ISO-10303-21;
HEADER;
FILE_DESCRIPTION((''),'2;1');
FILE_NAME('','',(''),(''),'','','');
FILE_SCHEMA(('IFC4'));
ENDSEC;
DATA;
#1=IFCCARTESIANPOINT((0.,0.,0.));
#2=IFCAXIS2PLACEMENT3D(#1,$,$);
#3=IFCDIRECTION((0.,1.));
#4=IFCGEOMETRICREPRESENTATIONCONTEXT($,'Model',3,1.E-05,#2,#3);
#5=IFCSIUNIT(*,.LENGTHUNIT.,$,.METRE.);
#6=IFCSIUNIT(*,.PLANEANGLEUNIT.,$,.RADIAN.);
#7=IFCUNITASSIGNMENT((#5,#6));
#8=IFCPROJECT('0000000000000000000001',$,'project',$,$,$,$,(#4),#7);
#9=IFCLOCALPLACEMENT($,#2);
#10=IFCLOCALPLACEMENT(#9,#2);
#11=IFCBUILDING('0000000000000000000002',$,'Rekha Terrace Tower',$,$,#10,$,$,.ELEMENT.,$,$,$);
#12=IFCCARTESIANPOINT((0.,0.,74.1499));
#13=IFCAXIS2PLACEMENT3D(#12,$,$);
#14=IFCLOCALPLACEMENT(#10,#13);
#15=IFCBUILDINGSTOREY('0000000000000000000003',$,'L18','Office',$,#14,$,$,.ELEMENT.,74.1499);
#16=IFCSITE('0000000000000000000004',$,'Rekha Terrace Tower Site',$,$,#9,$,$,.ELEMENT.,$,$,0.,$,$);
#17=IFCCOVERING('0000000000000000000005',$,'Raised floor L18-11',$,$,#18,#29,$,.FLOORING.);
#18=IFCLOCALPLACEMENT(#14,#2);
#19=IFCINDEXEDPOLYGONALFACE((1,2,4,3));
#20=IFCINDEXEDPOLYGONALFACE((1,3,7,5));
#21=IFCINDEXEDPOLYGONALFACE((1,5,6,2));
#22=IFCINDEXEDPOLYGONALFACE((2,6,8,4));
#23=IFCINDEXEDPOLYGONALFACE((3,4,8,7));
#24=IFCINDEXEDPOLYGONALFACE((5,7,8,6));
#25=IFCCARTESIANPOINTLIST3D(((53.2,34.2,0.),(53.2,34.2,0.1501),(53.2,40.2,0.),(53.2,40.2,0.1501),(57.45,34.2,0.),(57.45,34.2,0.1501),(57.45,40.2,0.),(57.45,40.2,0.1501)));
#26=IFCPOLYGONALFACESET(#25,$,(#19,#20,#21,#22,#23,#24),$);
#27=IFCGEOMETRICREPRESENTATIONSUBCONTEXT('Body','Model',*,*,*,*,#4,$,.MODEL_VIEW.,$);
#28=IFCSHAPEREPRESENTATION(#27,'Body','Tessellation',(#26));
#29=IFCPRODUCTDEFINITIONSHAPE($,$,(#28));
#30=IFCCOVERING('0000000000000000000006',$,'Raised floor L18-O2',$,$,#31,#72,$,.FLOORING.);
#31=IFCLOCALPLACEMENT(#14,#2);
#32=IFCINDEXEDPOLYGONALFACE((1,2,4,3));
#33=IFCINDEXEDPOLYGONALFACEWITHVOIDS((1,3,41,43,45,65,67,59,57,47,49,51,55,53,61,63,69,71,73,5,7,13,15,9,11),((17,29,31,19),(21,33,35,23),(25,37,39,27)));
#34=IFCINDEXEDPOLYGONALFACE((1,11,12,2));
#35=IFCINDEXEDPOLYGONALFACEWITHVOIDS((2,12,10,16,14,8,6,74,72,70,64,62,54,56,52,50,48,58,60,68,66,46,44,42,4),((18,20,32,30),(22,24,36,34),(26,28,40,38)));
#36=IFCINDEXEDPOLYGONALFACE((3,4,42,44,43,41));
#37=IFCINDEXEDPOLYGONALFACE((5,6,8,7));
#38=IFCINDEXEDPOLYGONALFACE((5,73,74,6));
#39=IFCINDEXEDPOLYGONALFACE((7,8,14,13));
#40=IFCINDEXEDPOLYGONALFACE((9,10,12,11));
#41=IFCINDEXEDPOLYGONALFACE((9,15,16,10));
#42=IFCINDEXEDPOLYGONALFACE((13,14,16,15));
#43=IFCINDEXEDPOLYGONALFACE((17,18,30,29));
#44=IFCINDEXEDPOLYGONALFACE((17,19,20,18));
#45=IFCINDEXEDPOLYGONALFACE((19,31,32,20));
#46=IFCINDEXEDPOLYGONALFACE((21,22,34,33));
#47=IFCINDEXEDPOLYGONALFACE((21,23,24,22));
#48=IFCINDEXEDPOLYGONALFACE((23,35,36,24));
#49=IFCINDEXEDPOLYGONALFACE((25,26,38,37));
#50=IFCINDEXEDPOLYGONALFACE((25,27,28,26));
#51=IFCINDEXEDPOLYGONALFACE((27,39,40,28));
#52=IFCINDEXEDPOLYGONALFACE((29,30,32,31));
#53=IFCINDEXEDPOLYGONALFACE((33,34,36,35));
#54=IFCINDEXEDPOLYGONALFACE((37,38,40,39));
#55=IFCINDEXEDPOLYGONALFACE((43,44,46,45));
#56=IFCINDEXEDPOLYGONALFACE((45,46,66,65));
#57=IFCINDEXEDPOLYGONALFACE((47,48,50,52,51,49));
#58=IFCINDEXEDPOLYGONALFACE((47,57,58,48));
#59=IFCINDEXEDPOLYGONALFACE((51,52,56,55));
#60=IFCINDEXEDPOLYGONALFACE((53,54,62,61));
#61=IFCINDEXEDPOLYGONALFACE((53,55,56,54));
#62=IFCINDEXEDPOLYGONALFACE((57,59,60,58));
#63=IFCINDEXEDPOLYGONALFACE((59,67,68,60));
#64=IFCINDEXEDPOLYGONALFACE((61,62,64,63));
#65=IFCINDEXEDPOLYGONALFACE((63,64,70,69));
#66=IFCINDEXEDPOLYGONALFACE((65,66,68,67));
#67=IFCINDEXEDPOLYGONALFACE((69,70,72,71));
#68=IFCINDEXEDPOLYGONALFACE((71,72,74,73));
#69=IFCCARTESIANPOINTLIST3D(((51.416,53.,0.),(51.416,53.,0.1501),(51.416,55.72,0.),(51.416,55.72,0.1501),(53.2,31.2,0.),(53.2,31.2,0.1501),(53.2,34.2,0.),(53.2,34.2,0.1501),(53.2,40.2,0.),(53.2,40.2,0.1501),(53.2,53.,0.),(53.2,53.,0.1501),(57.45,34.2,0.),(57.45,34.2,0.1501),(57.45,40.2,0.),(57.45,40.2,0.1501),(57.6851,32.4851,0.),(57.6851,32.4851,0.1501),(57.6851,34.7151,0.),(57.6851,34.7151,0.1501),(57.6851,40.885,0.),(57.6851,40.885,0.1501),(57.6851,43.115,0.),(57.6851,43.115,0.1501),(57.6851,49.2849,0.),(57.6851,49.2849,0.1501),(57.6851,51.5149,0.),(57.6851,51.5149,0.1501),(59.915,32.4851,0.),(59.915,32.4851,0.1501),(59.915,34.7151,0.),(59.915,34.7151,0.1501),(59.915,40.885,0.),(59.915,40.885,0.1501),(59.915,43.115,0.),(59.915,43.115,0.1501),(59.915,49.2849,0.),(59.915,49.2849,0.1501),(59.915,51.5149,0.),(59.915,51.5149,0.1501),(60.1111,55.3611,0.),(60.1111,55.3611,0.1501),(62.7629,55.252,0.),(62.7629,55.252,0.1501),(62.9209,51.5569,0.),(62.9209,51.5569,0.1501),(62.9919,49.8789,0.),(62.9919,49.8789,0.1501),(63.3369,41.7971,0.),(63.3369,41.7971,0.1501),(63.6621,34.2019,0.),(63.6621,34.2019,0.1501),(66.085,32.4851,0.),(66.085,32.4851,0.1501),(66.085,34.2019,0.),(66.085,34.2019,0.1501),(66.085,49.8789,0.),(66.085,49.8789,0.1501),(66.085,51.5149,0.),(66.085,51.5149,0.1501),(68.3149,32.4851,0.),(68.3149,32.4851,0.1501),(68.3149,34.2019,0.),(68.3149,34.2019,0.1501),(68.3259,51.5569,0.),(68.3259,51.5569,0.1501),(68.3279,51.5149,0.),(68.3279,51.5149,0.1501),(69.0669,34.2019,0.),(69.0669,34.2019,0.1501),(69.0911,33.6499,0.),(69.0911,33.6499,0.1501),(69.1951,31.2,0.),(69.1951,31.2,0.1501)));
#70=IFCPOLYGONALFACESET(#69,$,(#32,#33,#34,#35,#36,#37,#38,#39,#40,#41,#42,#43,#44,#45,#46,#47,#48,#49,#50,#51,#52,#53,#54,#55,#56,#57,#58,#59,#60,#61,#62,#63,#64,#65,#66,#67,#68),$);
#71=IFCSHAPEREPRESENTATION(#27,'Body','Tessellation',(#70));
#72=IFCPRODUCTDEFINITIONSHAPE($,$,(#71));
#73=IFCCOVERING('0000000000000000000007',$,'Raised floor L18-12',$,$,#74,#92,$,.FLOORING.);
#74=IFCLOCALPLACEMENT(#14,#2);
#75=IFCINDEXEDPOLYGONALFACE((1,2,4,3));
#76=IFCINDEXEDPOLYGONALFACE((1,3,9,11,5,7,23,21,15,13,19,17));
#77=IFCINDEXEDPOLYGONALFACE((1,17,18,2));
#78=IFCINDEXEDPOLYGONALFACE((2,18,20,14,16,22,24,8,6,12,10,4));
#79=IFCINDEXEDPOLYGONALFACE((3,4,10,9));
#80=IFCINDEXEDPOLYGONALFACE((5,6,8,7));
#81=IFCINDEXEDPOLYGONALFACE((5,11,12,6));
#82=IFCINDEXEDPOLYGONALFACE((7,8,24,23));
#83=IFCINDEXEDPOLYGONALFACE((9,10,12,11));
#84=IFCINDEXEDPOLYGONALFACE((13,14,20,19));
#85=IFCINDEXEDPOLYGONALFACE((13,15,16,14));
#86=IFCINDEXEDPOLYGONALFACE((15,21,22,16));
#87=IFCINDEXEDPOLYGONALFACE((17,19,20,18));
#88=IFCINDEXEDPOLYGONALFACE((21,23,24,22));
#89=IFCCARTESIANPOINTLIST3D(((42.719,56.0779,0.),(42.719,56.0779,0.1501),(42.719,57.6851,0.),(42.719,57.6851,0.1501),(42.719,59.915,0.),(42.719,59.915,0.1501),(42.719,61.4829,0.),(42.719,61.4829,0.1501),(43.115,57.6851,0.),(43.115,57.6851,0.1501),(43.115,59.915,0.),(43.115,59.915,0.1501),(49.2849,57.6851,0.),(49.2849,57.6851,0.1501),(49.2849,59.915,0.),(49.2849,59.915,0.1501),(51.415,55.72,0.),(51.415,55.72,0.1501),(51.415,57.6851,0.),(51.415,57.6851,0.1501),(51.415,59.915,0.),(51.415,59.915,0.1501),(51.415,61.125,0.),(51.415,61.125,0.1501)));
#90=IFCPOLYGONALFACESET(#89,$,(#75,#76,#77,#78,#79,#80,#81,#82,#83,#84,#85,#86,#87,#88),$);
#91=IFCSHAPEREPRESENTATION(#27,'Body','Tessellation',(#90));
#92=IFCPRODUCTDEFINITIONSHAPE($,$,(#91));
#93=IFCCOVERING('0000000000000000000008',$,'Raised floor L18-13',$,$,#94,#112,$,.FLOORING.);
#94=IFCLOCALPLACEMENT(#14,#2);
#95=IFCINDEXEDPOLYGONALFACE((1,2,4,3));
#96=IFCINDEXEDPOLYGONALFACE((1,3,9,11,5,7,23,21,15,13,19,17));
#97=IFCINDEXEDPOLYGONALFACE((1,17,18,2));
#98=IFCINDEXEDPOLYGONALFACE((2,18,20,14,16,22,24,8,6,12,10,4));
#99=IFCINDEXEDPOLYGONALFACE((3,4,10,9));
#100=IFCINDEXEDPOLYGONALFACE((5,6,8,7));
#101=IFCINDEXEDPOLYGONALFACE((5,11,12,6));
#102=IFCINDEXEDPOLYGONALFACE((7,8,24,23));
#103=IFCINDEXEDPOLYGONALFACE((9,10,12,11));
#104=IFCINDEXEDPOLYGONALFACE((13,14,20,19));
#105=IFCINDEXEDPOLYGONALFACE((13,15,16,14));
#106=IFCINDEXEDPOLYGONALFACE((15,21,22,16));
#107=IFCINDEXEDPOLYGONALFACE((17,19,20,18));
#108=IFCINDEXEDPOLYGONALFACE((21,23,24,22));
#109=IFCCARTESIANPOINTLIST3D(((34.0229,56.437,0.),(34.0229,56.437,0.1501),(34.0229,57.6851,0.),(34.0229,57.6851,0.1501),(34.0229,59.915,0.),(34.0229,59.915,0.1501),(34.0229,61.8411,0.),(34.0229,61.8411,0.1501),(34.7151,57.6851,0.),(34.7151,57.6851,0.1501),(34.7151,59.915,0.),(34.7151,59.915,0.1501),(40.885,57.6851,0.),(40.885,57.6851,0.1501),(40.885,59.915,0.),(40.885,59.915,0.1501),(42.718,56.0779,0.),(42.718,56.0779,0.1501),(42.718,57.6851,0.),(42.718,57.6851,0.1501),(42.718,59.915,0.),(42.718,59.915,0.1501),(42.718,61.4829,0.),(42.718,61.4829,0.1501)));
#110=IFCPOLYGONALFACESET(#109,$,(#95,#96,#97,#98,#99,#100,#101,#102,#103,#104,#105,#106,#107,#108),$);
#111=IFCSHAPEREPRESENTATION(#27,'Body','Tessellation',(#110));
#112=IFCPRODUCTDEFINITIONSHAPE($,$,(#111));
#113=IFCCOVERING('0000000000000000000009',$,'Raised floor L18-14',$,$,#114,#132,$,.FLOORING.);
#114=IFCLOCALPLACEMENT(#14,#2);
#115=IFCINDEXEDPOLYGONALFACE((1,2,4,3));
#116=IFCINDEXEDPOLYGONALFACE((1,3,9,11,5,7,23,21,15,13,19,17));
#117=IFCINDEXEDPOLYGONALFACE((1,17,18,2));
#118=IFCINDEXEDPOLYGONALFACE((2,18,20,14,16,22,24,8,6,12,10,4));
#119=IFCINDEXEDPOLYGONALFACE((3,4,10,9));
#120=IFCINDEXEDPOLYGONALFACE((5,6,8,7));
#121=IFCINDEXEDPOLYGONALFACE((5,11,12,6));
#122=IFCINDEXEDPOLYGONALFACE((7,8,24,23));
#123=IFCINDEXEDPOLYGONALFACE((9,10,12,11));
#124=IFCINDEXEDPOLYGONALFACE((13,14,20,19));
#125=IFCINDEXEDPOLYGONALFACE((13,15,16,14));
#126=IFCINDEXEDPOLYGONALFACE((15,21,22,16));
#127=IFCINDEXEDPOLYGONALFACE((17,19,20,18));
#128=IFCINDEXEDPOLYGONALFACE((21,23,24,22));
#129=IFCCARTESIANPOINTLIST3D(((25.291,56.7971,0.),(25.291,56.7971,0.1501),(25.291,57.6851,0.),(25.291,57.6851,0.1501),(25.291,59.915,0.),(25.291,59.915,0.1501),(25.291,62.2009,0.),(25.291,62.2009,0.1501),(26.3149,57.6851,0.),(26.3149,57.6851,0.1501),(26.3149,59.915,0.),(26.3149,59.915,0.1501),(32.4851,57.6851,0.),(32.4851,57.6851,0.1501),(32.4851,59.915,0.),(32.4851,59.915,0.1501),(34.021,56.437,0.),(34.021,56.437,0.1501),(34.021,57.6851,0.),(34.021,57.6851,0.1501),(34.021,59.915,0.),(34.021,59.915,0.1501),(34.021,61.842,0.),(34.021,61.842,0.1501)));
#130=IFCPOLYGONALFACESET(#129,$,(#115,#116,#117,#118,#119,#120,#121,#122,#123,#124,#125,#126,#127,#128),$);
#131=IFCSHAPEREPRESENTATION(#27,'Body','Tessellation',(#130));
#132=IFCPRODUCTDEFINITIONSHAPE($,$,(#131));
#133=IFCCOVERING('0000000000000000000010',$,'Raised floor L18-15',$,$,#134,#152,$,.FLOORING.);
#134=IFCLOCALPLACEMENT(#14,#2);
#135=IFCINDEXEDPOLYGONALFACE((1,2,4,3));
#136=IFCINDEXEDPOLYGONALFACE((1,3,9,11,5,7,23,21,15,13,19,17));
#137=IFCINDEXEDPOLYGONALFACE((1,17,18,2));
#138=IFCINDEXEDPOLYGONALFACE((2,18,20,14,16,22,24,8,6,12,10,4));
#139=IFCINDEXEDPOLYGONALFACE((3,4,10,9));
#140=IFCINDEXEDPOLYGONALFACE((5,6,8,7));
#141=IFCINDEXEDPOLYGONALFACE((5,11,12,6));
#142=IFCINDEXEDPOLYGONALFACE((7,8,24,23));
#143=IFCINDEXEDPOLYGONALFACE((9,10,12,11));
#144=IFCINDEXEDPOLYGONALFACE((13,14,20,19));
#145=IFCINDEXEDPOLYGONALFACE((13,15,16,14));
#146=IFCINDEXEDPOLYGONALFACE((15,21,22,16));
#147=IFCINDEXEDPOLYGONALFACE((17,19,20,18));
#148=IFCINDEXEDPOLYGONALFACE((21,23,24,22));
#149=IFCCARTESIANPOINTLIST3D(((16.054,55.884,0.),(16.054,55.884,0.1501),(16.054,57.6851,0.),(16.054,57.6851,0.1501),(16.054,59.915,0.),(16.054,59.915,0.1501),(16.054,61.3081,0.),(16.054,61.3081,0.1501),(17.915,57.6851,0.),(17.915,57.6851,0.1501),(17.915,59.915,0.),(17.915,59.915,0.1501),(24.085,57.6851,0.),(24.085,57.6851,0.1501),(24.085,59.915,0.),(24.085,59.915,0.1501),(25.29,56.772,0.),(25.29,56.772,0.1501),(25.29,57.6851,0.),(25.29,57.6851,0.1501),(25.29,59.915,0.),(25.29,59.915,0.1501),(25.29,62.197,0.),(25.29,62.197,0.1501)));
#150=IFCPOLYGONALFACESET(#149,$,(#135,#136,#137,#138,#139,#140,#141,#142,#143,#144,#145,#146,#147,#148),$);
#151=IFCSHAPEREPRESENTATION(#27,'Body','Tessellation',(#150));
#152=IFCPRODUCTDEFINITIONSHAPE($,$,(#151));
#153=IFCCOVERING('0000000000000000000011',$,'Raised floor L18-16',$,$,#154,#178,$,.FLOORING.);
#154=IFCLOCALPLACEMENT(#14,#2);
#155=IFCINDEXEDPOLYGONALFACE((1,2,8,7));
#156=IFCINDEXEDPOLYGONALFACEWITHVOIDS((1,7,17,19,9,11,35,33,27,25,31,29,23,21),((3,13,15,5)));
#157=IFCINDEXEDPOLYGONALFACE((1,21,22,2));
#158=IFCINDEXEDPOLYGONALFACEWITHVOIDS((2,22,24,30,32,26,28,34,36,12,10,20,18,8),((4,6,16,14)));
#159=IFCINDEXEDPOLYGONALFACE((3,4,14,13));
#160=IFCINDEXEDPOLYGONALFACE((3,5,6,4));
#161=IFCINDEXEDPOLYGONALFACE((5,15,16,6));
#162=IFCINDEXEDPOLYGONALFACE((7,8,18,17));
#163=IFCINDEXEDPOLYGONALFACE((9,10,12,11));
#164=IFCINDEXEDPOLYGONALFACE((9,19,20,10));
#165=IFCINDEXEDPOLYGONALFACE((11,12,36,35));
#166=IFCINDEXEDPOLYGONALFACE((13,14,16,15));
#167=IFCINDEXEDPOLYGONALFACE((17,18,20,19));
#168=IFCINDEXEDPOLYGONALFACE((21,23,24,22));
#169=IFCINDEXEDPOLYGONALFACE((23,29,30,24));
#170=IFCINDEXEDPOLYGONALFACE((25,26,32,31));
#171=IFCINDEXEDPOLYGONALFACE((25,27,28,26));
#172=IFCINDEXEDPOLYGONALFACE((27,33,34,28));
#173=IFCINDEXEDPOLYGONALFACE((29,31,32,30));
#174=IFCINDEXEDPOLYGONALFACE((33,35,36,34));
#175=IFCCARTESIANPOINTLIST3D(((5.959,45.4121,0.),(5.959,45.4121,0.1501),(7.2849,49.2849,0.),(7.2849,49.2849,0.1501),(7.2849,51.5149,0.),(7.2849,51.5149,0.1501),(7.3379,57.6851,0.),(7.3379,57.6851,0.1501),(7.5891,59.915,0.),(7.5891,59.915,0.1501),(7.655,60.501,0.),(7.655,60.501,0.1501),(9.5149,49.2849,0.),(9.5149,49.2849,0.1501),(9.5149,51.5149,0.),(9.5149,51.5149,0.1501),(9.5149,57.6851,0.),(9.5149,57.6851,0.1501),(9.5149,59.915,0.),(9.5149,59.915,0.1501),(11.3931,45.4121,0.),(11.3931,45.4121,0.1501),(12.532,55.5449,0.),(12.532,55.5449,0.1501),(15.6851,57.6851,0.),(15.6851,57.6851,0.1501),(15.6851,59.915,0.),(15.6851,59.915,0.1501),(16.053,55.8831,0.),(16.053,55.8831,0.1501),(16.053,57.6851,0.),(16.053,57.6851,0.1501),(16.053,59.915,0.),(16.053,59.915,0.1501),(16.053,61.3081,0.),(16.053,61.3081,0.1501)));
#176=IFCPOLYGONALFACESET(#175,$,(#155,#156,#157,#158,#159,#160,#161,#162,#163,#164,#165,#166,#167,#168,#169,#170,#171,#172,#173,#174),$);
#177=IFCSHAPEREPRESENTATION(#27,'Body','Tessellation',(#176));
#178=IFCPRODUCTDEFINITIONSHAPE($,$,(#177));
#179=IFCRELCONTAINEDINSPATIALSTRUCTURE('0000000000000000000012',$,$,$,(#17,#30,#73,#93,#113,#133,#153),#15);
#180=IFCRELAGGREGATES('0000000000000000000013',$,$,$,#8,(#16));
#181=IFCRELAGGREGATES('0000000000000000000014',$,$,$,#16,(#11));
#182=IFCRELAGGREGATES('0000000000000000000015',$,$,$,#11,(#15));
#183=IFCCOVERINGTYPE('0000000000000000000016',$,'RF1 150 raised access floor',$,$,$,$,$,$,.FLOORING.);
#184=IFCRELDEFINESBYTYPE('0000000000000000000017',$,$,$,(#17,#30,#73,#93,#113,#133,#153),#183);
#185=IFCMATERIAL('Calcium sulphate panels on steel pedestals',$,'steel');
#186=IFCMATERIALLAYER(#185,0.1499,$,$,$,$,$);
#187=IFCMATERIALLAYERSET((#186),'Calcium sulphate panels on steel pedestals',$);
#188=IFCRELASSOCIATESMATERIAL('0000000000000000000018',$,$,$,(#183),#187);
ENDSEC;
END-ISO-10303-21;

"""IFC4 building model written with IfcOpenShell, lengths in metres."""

from ifc_helpers import new_model, si_unit, direction, frame, origin, place, context, subcontext, project, spatial, polyline, outline, extrude, material, layer, layer_set, type_object, element, save


model = new_model("IFC4")

# Units and contexts
model_context = context("Model", 3, precision=1e-05, world=origin(), true_north=direction((0.0, 1.0)))
body_context = subcontext(model_context, "Body", "Model", "MODEL_VIEW")
ifc_project = project(units=[si_unit("LENGTHUNIT", "METRE"), si_unit("PLANEANGLEUNIT", "RADIAN")], contexts=[model_context])

# Site, building, storey
site_placement = place(None, origin())
site = spatial("IfcSite", under=ifc_project, at=site_placement, Name="Rekha Terrace Tower Site", CompositionType="ELEMENT", RefElevation=0.0)
building_placement = place(site_placement, origin())
building = spatial("IfcBuilding", under=site, at=building_placement, Name="Rekha Terrace Tower", CompositionType="ELEMENT")
storey_placement = place(building_placement, frame((0.0, 0.0, 74.1499)))
storey = spatial("IfcBuildingStorey", under=building, at=storey_placement, Name="L18", Description="Office", CompositionType="ELEMENT", Elevation=74.1499)

# Coverings
ifc_material_1 = material(Name="Calcium sulphate panels on steel pedestals", Category="steel")
ifc_layer_1 = layer(ifc_material_1, 0.1499)
ifc_layer_set_1 = layer_set([ifc_layer_1], Name="Calcium sulphate panels on steel pedestals")
covering_type_1 = type_object("IfcCoveringType", Name="RF1 150 raised access floor", PredefinedType="FLOORING", material=ifc_layer_set_1)
covering_1_placement = place(storey_placement, origin())
element("IfcCovering", 1, at=covering_1_placement, inside=storey, type_object=covering_type_1, Name="Raised floor L18-11", PredefinedType="FLOORING", context=body_context, shape_type="SweptSolid", body=[
    extrude(outline(polyline([(53.2, 34.2), (57.45, 34.2), (57.45, 40.2), (53.2, 40.2), (53.2, 34.2)])), origin(), (0.0, 0.0, 1.0), 0.1501),
])
covering_2_placement = place(storey_placement, origin())
element("IfcCovering", 2, at=covering_2_placement, inside=storey, type_object=covering_type_1, Name="Raised floor L18-O2", PredefinedType="FLOORING", context=body_context, shape_type="SweptSolid", body=[
    extrude(outline(polyline([(62.7629, 55.252), (60.1111, 55.3611), (51.416, 55.72), (51.416, 53.0), (53.2, 53.0), (53.2, 40.2), (57.45, 40.2), (57.45, 34.2), (53.2, 34.2), (53.2, 31.2), (69.1951, 31.2), (69.0911, 33.6499), (69.0669, 34.2019), (68.3149, 34.2019), (68.3149, 32.4851), (66.085, 32.4851), (66.085, 34.2019), (63.6621, 34.2019), (63.3369, 41.7971), (62.9919, 49.8789), (66.085, 49.8789), (66.085, 51.5149), (68.3279, 51.5149), (68.3259, 51.5569), (62.9209, 51.5569), (62.7629, 55.252)]), holes=[polyline([(59.915, 32.4851), (57.6851, 32.4851), (57.6851, 34.7151), (59.915, 34.7151), (59.915, 32.4851)]), polyline([(59.915, 40.885), (57.6851, 40.885), (57.6851, 43.115), (59.915, 43.115), (59.915, 40.885)]), polyline([(59.915, 49.2849), (57.6851, 49.2849), (57.6851, 51.5149), (59.915, 51.5149), (59.915, 49.2849)])]), origin(), (0.0, 0.0, 1.0), 0.1501),
])
covering_3_placement = place(storey_placement, origin())
element("IfcCovering", 3, at=covering_3_placement, inside=storey, type_object=covering_type_1, Name="Raised floor L18-12", PredefinedType="FLOORING", context=body_context, shape_type="SweptSolid", body=[
    extrude(outline(polyline([(51.415, 59.915), (51.415, 61.125), (42.719, 61.4829), (42.719, 59.915), (43.115, 59.915), (43.115, 57.6851), (42.719, 57.6851), (42.719, 56.0779), (51.415, 55.72), (51.415, 57.6851), (49.2849, 57.6851), (49.2849, 59.915), (51.415, 59.915)])), origin(), (0.0, 0.0, 1.0), 0.1501),
])
covering_4_placement = place(storey_placement, origin())
element("IfcCovering", 4, at=covering_4_placement, inside=storey, type_object=covering_type_1, Name="Raised floor L18-13", PredefinedType="FLOORING", context=body_context, shape_type="SweptSolid", body=[
    extrude(outline(polyline([(42.718, 59.915), (42.718, 61.4829), (34.0229, 61.8411), (34.0229, 59.915), (34.7151, 59.915), (34.7151, 57.6851), (34.0229, 57.6851), (34.0229, 56.437), (42.718, 56.0779), (42.718, 57.6851), (40.885, 57.6851), (40.885, 59.915), (42.718, 59.915)])), origin(), (0.0, 0.0, 1.0), 0.1501),
])
covering_5_placement = place(storey_placement, origin())
element("IfcCovering", 5, at=covering_5_placement, inside=storey, type_object=covering_type_1, Name="Raised floor L18-14", PredefinedType="FLOORING", context=body_context, shape_type="SweptSolid", body=[
    extrude(outline(polyline([(34.021, 59.915), (34.021, 61.842), (25.291, 62.2009), (25.291, 59.915), (26.3149, 59.915), (26.3149, 57.6851), (25.291, 57.6851), (25.291, 56.7971), (34.021, 56.437), (34.021, 57.6851), (32.4851, 57.6851), (32.4851, 59.915), (34.021, 59.915)])), origin(), (0.0, 0.0, 1.0), 0.1501),
])
covering_6_placement = place(storey_placement, origin())
element("IfcCovering", 6, at=covering_6_placement, inside=storey, type_object=covering_type_1, Name="Raised floor L18-15", PredefinedType="FLOORING", context=body_context, shape_type="SweptSolid", body=[
    extrude(outline(polyline([(25.29, 59.915), (25.29, 62.197), (16.054, 61.3081), (16.054, 59.915), (17.915, 59.915), (17.915, 57.6851), (16.054, 57.6851), (16.054, 55.884), (25.29, 56.772), (25.29, 57.6851), (24.085, 57.6851), (24.085, 59.915), (25.29, 59.915)])), origin(), (0.0, 0.0, 1.0), 0.1501),
])
covering_7_placement = place(storey_placement, origin())
element("IfcCovering", 7, at=covering_7_placement, inside=storey, type_object=covering_type_1, Name="Raised floor L18-16", PredefinedType="FLOORING", context=body_context, shape_type="SweptSolid", body=[
    extrude(outline(polyline([(16.053, 59.915), (16.053, 61.3081), (7.655, 60.501), (7.5891, 59.915), (9.5149, 59.915), (9.5149, 57.6851), (7.3379, 57.6851), (5.959, 45.4121), (11.3931, 45.4121), (12.532, 55.5449), (16.053, 55.8831), (16.053, 57.6851), (15.6851, 57.6851), (15.6851, 59.915), (16.053, 59.915)]), holes=[polyline([(9.5149, 51.5149), (9.5149, 49.2849), (7.2849, 49.2849), (7.2849, 51.5149), (9.5149, 51.5149)])]), origin(), (0.0, 0.0, 1.0), 0.1501),
])

save(model, "model.ifc")
